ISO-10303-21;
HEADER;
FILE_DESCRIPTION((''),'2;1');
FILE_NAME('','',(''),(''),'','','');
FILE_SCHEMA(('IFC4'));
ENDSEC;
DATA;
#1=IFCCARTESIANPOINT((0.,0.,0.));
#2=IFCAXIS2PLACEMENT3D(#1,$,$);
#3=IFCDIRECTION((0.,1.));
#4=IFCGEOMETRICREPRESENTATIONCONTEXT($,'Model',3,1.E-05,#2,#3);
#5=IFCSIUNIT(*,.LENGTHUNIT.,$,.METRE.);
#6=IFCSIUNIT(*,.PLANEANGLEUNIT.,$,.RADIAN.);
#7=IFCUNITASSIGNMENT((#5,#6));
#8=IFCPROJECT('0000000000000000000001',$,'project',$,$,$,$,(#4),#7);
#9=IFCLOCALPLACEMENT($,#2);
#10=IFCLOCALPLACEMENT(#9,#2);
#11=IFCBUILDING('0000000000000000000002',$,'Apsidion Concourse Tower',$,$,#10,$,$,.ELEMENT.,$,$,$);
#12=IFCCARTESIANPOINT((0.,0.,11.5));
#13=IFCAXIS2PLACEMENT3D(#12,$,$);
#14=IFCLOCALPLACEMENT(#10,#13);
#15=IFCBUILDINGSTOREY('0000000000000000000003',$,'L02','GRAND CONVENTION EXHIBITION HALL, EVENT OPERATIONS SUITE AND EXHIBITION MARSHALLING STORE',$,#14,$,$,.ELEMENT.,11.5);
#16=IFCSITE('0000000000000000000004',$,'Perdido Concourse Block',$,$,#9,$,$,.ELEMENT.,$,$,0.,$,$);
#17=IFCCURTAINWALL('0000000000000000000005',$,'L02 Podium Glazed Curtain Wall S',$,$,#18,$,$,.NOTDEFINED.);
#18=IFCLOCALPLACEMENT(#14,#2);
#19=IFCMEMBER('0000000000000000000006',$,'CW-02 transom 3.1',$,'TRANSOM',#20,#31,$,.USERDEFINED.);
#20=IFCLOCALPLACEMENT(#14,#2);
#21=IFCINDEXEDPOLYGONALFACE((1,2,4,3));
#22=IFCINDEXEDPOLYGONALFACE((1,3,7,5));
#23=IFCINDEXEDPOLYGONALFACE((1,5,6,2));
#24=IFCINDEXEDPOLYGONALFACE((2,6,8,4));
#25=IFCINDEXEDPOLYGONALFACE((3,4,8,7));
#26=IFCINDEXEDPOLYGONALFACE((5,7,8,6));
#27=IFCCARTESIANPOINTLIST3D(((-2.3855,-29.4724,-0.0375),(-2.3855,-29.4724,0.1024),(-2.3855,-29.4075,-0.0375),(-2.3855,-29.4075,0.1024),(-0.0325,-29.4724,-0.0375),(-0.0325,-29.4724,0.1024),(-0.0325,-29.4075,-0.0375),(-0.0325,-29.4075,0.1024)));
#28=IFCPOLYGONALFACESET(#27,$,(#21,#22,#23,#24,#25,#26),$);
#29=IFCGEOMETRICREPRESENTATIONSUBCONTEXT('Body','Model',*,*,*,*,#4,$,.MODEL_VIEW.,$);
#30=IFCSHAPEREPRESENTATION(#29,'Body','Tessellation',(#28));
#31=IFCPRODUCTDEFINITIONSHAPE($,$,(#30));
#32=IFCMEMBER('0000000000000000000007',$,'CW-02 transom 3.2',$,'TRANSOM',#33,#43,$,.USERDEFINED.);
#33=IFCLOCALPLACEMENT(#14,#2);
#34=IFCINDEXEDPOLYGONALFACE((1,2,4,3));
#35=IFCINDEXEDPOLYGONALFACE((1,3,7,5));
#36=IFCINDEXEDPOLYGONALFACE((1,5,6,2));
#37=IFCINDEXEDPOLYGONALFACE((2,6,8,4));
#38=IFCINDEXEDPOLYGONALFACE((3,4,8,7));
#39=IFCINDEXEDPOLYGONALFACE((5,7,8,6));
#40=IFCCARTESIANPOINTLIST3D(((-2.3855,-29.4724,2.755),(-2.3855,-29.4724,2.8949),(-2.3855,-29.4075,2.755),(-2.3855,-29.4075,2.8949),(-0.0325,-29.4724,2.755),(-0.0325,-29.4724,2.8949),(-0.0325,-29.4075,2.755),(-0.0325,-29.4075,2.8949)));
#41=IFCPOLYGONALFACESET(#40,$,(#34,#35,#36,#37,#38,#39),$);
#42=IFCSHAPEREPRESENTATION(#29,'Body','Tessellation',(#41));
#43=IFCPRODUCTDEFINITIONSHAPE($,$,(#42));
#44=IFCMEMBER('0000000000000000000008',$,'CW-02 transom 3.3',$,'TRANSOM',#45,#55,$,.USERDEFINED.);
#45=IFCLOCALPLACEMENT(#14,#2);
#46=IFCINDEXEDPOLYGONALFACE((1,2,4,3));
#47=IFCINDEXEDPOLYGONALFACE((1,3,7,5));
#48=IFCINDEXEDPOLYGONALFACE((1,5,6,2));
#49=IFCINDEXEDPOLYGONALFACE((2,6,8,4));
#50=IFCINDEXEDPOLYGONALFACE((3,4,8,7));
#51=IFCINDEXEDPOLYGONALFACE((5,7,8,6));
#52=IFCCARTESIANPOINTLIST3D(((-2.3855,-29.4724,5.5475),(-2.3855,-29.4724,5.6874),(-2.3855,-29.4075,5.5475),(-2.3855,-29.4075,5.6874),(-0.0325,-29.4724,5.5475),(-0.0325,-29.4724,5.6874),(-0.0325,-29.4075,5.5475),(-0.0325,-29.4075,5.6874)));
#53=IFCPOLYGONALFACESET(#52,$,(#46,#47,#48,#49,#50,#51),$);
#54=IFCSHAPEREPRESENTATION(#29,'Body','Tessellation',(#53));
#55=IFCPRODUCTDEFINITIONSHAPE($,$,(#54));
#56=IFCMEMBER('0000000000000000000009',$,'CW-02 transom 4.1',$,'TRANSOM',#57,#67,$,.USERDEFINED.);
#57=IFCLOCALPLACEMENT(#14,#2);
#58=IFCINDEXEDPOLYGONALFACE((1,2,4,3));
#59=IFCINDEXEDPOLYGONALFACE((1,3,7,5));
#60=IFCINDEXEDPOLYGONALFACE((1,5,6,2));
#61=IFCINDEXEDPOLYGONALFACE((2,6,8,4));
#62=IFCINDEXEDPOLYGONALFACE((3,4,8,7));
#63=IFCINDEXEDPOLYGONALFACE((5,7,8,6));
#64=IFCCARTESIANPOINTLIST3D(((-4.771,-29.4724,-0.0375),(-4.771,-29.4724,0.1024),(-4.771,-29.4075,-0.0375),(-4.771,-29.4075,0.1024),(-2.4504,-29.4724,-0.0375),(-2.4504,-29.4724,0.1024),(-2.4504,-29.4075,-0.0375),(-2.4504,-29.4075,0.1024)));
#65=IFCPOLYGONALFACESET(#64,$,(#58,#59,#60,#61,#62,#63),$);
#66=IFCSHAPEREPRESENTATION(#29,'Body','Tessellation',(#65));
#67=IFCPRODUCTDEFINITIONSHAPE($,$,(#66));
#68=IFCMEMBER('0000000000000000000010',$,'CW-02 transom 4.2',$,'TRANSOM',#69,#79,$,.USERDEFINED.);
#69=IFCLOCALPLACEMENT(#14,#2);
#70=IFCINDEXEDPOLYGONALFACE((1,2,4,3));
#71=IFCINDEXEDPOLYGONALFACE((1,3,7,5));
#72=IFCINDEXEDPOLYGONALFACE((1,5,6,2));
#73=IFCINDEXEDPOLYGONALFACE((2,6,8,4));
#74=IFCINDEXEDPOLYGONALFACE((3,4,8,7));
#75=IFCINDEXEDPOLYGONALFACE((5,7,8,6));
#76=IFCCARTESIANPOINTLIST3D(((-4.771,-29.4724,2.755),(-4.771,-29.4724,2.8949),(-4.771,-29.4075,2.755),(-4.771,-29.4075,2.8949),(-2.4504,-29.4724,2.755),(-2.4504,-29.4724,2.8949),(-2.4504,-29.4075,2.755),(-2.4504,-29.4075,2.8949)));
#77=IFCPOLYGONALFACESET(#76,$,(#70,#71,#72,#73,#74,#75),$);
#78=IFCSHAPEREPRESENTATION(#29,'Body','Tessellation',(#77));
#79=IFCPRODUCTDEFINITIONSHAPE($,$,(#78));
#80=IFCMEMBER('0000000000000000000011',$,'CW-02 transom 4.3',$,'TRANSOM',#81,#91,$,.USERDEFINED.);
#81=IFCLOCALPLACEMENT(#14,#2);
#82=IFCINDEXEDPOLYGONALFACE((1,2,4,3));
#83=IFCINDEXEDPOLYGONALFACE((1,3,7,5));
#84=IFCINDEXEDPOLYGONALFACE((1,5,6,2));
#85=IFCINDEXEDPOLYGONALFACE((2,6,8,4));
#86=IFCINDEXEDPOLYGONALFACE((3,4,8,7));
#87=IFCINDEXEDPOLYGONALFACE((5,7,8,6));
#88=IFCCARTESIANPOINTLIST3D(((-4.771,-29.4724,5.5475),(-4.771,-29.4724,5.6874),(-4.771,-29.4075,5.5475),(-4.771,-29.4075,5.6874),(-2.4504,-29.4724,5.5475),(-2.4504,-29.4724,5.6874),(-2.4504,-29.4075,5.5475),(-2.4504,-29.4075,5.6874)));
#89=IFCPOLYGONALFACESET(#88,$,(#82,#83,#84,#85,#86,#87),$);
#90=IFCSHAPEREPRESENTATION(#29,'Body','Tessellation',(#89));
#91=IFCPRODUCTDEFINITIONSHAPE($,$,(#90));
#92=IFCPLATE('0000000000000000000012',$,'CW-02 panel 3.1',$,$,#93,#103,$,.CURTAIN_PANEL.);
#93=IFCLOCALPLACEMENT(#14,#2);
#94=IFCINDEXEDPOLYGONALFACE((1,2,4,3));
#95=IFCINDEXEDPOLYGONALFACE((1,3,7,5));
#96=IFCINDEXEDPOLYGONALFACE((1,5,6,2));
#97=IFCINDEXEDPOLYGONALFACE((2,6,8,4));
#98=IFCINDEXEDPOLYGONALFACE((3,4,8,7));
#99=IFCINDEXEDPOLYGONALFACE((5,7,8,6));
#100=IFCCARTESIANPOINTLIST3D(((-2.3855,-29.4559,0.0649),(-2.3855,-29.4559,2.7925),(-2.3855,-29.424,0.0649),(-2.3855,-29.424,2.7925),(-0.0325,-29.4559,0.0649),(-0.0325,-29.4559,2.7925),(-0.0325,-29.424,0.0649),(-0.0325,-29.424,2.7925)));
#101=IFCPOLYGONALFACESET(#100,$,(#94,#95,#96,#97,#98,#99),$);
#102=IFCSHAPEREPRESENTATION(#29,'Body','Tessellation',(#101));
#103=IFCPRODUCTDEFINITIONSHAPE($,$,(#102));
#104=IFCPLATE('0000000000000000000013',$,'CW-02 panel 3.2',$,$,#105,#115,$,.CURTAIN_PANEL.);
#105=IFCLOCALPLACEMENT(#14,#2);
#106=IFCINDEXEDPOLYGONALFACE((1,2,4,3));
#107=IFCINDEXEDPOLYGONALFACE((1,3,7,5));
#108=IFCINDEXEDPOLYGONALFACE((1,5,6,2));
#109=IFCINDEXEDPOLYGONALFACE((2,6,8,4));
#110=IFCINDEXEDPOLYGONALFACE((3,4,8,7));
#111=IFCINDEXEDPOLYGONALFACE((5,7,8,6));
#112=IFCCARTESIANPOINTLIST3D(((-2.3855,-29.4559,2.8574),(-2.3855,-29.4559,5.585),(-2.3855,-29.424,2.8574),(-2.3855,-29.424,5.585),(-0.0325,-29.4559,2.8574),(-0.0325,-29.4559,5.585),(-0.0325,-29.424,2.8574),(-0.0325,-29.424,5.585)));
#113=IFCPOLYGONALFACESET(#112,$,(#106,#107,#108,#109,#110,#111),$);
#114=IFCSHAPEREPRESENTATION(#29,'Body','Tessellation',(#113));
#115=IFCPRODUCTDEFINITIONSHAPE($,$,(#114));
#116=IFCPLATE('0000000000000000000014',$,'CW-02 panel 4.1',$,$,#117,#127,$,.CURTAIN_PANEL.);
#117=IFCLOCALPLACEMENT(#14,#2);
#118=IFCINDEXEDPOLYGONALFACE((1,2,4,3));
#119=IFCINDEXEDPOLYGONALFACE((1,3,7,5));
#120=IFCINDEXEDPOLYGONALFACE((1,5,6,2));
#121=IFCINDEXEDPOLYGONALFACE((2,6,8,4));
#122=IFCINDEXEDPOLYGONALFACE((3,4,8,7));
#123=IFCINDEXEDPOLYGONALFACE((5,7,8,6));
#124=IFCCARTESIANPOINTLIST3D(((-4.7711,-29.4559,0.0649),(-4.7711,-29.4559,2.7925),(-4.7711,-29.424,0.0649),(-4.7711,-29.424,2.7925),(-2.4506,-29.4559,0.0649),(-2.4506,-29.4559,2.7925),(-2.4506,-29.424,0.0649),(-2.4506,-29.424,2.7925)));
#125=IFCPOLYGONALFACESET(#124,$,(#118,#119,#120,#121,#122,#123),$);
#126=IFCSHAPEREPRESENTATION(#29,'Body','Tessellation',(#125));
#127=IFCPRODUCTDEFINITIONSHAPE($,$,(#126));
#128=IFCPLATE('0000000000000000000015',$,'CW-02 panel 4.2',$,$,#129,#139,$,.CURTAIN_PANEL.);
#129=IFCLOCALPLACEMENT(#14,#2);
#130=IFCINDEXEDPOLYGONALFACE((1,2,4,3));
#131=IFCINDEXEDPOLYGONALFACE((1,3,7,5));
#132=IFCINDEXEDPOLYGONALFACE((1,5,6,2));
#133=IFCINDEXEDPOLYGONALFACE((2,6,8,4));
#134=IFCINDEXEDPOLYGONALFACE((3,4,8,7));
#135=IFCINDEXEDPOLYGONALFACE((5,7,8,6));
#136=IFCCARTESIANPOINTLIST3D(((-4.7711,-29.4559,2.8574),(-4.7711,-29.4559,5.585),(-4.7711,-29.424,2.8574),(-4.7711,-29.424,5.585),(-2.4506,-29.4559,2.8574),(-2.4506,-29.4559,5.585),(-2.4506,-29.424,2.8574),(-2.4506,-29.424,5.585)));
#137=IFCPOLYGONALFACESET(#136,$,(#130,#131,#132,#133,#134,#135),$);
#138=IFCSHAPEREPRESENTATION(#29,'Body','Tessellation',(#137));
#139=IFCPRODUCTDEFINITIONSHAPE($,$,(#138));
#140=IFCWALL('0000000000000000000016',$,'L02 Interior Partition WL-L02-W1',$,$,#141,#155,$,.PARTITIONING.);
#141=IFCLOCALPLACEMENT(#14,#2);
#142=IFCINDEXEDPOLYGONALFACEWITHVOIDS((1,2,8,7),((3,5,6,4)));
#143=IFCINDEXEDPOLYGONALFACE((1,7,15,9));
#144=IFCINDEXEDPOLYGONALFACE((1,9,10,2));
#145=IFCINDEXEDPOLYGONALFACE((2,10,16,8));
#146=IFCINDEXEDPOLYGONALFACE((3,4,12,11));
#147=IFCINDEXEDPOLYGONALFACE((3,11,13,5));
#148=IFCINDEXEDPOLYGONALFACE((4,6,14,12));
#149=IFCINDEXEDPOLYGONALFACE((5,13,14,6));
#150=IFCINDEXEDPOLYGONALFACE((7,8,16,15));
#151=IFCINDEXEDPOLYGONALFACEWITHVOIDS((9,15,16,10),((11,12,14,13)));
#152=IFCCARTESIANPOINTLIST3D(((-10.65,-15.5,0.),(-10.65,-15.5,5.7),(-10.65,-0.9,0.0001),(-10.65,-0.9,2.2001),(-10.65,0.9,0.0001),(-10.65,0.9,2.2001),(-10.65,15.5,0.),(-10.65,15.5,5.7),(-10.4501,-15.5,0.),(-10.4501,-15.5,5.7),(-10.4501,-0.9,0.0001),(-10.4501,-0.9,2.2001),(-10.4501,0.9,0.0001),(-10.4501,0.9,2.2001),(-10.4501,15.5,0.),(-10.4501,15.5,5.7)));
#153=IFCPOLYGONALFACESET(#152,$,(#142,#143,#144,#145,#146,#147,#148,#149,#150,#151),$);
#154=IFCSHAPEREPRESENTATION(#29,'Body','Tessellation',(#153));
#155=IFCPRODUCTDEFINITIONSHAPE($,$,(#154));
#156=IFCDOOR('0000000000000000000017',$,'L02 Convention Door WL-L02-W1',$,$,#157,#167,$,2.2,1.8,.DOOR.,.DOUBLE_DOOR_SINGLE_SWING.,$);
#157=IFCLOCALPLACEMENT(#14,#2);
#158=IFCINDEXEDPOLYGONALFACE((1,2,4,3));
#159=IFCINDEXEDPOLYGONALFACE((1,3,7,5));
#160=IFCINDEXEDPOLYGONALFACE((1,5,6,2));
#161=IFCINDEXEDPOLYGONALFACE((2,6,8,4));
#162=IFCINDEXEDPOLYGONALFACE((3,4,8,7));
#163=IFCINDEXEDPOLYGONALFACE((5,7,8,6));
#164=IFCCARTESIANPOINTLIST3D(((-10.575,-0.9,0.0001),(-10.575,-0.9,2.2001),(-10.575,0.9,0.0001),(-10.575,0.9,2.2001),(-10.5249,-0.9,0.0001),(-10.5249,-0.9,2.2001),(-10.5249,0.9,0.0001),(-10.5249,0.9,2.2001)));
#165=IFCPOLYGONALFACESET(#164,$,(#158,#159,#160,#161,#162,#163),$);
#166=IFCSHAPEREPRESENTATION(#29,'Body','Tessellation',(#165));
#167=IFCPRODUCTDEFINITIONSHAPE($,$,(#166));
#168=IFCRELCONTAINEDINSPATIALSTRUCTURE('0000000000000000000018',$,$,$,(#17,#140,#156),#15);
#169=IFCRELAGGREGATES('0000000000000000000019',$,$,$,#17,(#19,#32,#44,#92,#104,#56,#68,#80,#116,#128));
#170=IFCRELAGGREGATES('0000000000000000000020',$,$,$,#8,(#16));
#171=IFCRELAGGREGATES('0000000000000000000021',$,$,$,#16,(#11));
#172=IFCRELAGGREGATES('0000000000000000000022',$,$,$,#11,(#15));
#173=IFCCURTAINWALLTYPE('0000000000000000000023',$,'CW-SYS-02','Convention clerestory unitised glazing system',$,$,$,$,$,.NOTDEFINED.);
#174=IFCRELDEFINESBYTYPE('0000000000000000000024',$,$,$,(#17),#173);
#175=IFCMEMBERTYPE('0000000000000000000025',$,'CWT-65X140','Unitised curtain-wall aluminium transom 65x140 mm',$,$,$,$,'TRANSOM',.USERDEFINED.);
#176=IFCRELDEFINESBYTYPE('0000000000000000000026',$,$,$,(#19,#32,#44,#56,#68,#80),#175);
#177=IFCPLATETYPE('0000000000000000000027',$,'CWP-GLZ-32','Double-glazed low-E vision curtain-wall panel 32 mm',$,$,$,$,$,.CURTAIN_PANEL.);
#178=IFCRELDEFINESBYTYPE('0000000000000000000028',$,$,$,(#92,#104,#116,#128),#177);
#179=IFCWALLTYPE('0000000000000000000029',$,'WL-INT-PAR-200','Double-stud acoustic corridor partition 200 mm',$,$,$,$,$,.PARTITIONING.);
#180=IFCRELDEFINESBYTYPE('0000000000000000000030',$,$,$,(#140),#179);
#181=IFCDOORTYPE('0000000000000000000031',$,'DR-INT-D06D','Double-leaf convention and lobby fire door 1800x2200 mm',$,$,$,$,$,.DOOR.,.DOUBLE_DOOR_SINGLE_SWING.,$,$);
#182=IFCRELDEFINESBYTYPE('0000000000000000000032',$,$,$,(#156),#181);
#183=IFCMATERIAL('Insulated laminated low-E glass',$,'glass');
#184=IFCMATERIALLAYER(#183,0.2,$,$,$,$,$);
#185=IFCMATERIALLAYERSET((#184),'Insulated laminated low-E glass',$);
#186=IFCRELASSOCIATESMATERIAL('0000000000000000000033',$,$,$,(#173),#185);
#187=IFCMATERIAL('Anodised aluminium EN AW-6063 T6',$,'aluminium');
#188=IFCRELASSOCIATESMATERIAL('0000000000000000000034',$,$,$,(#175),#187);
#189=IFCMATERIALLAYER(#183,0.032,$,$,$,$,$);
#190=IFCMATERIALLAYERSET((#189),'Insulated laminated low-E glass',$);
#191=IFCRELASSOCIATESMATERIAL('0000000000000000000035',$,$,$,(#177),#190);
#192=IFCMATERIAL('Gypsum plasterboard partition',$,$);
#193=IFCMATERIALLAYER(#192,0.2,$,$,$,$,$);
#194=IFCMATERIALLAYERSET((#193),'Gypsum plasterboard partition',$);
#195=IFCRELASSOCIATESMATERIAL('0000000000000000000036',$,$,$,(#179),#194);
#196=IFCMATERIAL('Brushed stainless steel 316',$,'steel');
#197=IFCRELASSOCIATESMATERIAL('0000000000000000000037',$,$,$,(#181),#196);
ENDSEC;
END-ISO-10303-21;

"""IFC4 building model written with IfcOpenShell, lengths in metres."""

from ifc_helpers import new_model, si_unit, direction, frame, frame_2d, origin, origin_2d, place, context, subcontext, project, spatial, rectangle, extrude, material, layer, layer_set, material_profile, profile_set, type_object, element, fill, aggregate, save


model = new_model("IFC4")

# Units and contexts
model_context = context("Model", 3, precision=1e-05, world=origin(), true_north=direction((0.0, 1.0)))
body_context = subcontext(model_context, "Body", "Model", "MODEL_VIEW")
ifc_project = project(units=[si_unit("LENGTHUNIT", "METRE"), si_unit("PLANEANGLEUNIT", "RADIAN")], contexts=[model_context])

# Site, building, storey
site_placement = place(None, origin())
site = spatial("IfcSite", under=ifc_project, at=site_placement, Name="Perdido Concourse Block", CompositionType="ELEMENT", RefElevation=0.0)
building_placement = place(site_placement, origin())
building = spatial("IfcBuilding", under=site, at=building_placement, Name="Apsidion Concourse Tower", CompositionType="ELEMENT")
storey_placement = place(building_placement, frame((0.0, 0.0, 11.5)))
storey = spatial("IfcBuildingStorey", under=building, at=storey_placement, Name="L02", Description="GRAND CONVENTION EXHIBITION HALL, EVENT OPERATIONS SUITE AND EXHIBITION MARSHALLING STORE", CompositionType="ELEMENT", Elevation=11.5)

# Curtain wall, members, plates
ifc_material_1 = material(Name="Insulated laminated low-E glass", Category="glass")
ifc_layer_1 = layer(ifc_material_1, 0.2)
ifc_layer_set_1 = layer_set([ifc_layer_1], Name="Insulated laminated low-E glass")
curtain_wall_type = type_object("IfcCurtainWallType", Name="CW-SYS-02", Description="Convention clerestory unitised glazing system", PredefinedType="NOTDEFINED", material=ifc_layer_set_1)
curtain_wall_placement = place(storey_placement, origin())
curtain_wall = element("IfcCurtainWall", 1, at=curtain_wall_placement, inside=storey, type_object=curtain_wall_type, Name="L02 Podium Glazed Curtain Wall S", PredefinedType="NOTDEFINED")
ifc_material_2 = material(Name="Anodised aluminium EN AW-6063 T6", Category="aluminium")
ifc_material_profile_1 = material_profile(ifc_material_2, rectangle(XDim=0.0649, YDim=0.1399, at=origin_2d()), Name="ALU TRANSOM 65x140")
ifc_profile_set_1 = profile_set([ifc_material_profile_1], Name="Anodised aluminium EN AW-6063 T6")
member_type_1 = type_object("IfcMemberType", Name="CWT-65X140", Description="Unitised curtain-wall aluminium transom 65x140 mm", ElementType="TRANSOM", PredefinedType="USERDEFINED", material=ifc_profile_set_1)
member_1_placement = place(storey_placement, frame((-0.0325, -29.4399, 0.0325), z_axis=(-1.0, 0.0, 0.0), x_axis=(0.0, -1.0, 0.0)))
member_1 = element("IfcMember", 2, at=member_1_placement, type_object=member_type_1, Name="CW-02 transom 3.1", ObjectType="TRANSOM", PredefinedType="USERDEFINED", context=body_context, shape_type="SweptSolid", body=[
    extrude(rectangle(XDim=0.0649, YDim=0.1399, at=origin_2d()), origin(), (0.0, 0.0, 1.0), 2.353),
])
member_2_placement = place(storey_placement, frame((-0.0325, -29.4399, 2.825), z_axis=(-1.0, 0.0, 0.0), x_axis=(0.0, -1.0, 0.0)))
member_2 = element("IfcMember", 3, at=member_2_placement, type_object=member_type_1, Name="CW-02 transom 3.2", ObjectType="TRANSOM", PredefinedType="USERDEFINED", context=body_context, shape_type="SweptSolid", body=[
    extrude(rectangle(XDim=0.0649, YDim=0.1399, at=origin_2d()), origin(), (0.0, 0.0, 1.0), 2.353),
])
member_3_placement = place(storey_placement, frame((-0.0325, -29.4399, 5.6174), z_axis=(-1.0, 0.0, 0.0), x_axis=(0.0, -1.0, 0.0)))
member_3 = element("IfcMember", 4, at=member_3_placement, type_object=member_type_1, Name="CW-02 transom 3.3", ObjectType="TRANSOM", PredefinedType="USERDEFINED", context=body_context, shape_type="SweptSolid", body=[
    extrude(rectangle(XDim=0.0649, YDim=0.1399, at=origin_2d()), origin(), (0.0, 0.0, 1.0), 2.353),
])
member_4_placement = place(storey_placement, frame((-2.4504, -29.4399, 0.0325), z_axis=(-1.0, 0.0, 0.0), x_axis=(0.0, -1.0, 0.0)))
member_4 = element("IfcMember", 5, at=member_4_placement, type_object=member_type_1, Name="CW-02 transom 4.1", ObjectType="TRANSOM", PredefinedType="USERDEFINED", context=body_context, shape_type="SweptSolid", body=[
    extrude(rectangle(XDim=0.0649, YDim=0.1399, at=origin_2d()), origin(), (0.0, 0.0, 1.0), 2.3206),
])
member_5_placement = place(storey_placement, frame((-2.4504, -29.4399, 2.825), z_axis=(-1.0, 0.0, 0.0), x_axis=(0.0, -1.0, 0.0)))
member_5 = element("IfcMember", 6, at=member_5_placement, type_object=member_type_1, Name="CW-02 transom 4.2", ObjectType="TRANSOM", PredefinedType="USERDEFINED", context=body_context, shape_type="SweptSolid", body=[
    extrude(rectangle(XDim=0.0649, YDim=0.1399, at=origin_2d()), origin(), (0.0, 0.0, 1.0), 2.3206),
])
member_6_placement = place(storey_placement, frame((-2.4504, -29.4399, 5.6174), z_axis=(-1.0, 0.0, 0.0), x_axis=(0.0, -1.0, 0.0)))
member_6 = element("IfcMember", 7, at=member_6_placement, type_object=member_type_1, Name="CW-02 transom 4.3", ObjectType="TRANSOM", PredefinedType="USERDEFINED", context=body_context, shape_type="SweptSolid", body=[
    extrude(rectangle(XDim=0.0649, YDim=0.1399, at=origin_2d()), origin(), (0.0, 0.0, 1.0), 2.3206),
])
ifc_layer_2 = layer(ifc_material_1, 0.032)
ifc_layer_set_2 = layer_set([ifc_layer_2], Name="Insulated laminated low-E glass")
plate_type = type_object("IfcPlateType", Name="CWP-GLZ-32", Description="Double-glazed low-E vision curtain-wall panel 32 mm", PredefinedType="CURTAIN_PANEL", material=ifc_layer_set_2)
plate_1_placement = place(storey_placement, frame((-1.209, -29.4399, 0.0649), z_axis=(0.0, 0.0, 1.0), x_axis=(-1.0, 0.0, 0.0)))
plate_1 = element("IfcPlate", 8, at=plate_1_placement, type_object=plate_type, Name="CW-02 panel 3.1", PredefinedType="CURTAIN_PANEL", context=body_context, shape_type="SweptSolid", body=[
    extrude(rectangle(XDim=2.353, YDim=0.032, at=origin_2d()), origin(), (0.0, 0.0, 1.0), 2.7275),
])
plate_2_placement = place(storey_placement, frame((-1.209, -29.4399, 2.8574), z_axis=(0.0, 0.0, 1.0), x_axis=(-1.0, 0.0, 0.0)))
plate_2 = element("IfcPlate", 9, at=plate_2_placement, type_object=plate_type, Name="CW-02 panel 3.2", PredefinedType="CURTAIN_PANEL", context=body_context, shape_type="SweptSolid", body=[
    extrude(rectangle(XDim=2.353, YDim=0.032, at=origin_2d()), origin(), (0.0, 0.0, 1.0), 2.7275),
])
plate_3_placement = place(storey_placement, frame((-3.6108, -29.4399, 0.0649), z_axis=(0.0, 0.0, 1.0), x_axis=(-1.0, 0.0, 0.0)))
plate_3 = element("IfcPlate", 10, at=plate_3_placement, type_object=plate_type, Name="CW-02 panel 4.1", PredefinedType="CURTAIN_PANEL", context=body_context, shape_type="SweptSolid", body=[
    extrude(rectangle(XDim=2.3206, YDim=0.032, at=origin_2d()), origin(), (0.0, 0.0, 1.0), 2.7275),
])
plate_4_placement = place(storey_placement, frame((-3.6108, -29.4399, 2.8574), z_axis=(0.0, 0.0, 1.0), x_axis=(-1.0, 0.0, 0.0)))
plate_4 = element("IfcPlate", 11, at=plate_4_placement, type_object=plate_type, Name="CW-02 panel 4.2", PredefinedType="CURTAIN_PANEL", context=body_context, shape_type="SweptSolid", body=[
    extrude(rectangle(XDim=2.3206, YDim=0.032, at=origin_2d()), origin(), (0.0, 0.0, 1.0), 2.7275),
])
aggregate(curtain_wall, [member_1, member_2, member_3, plate_1, plate_2, member_4, member_5, member_6, plate_3, plate_4])

# Wall, opening, door
ifc_material_3 = material(Name="Gypsum plasterboard partition")
ifc_layer_3 = layer(ifc_material_3, 0.2)
ifc_layer_set_3 = layer_set([ifc_layer_3], Name="Gypsum plasterboard partition")
wall_type = type_object("IfcWallType", Name="WL-INT-PAR-200", Description="Double-stud acoustic corridor partition 200 mm", PredefinedType="PARTITIONING", material=ifc_layer_set_3)
wall_placement = place(storey_placement, frame((-10.55, -15.5, 0.0), z_axis=(0.0, 0.0, 1.0), x_axis=(0.0, 1.0, 0.0)))
wall = element("IfcWall", 12, at=wall_placement, inside=storey, type_object=wall_type, Name="L02 Interior Partition WL-L02-W1", PredefinedType="PARTITIONING", context=body_context, shape_type="SweptSolid", body=[
    extrude(rectangle(XDim=31.0, YDim=0.2, at=frame_2d((15.5, 0.0))), origin(), (0.0, 0.0, 1.0), 5.7),
])
opening_placement = place(wall_placement, frame((14.6001, 0.0, 0.0)))
opening = element("IfcOpeningElement", 13, at=opening_placement, cuts=wall, PredefinedType="OPENING", context=body_context, shape_type="SweptSolid", body=[
    extrude(rectangle(XDim=1.8, YDim=2.2, at=frame_2d((0.8999, 1.1001))), frame((0.0, 0.1099, 0.0), z_axis=(0.0, -1.0, 0.0), x_axis=(1.0, 0.0, 0.0)), (0.0, 0.0, 1.0), 0.22),
])
ifc_material_4 = material(Name="Brushed stainless steel 316", Category="steel")
door_type = type_object("IfcDoorType", Name="DR-INT-D06D", Description="Double-leaf convention and lobby fire door 1800x2200 mm", OperationType="DOUBLE_DOOR_SINGLE_SWING", PredefinedType="DOOR", material=ifc_material_4)
door_placement = place(opening_placement, origin())
door = element("IfcDoor", 14, at=door_placement, inside=storey, type_object=door_type, Name="L02 Convention Door WL-L02-W1", OperationType="DOUBLE_DOOR_SINGLE_SWING", OverallHeight=2.2, OverallWidth=1.8, PredefinedType="DOOR", context=body_context, shape_type="SweptSolid", body=[
    extrude(rectangle(XDim=1.8, YDim=2.2, at=frame_2d((0.8999, 1.1001))), frame((0.0, 0.0249, 0.0), z_axis=(0.0, -1.0, 0.0), x_axis=(1.0, 0.0, 0.0)), (0.0, 0.0, 1.0), 0.05),
])
fill(opening, door)

save(model, "model.ifc")
